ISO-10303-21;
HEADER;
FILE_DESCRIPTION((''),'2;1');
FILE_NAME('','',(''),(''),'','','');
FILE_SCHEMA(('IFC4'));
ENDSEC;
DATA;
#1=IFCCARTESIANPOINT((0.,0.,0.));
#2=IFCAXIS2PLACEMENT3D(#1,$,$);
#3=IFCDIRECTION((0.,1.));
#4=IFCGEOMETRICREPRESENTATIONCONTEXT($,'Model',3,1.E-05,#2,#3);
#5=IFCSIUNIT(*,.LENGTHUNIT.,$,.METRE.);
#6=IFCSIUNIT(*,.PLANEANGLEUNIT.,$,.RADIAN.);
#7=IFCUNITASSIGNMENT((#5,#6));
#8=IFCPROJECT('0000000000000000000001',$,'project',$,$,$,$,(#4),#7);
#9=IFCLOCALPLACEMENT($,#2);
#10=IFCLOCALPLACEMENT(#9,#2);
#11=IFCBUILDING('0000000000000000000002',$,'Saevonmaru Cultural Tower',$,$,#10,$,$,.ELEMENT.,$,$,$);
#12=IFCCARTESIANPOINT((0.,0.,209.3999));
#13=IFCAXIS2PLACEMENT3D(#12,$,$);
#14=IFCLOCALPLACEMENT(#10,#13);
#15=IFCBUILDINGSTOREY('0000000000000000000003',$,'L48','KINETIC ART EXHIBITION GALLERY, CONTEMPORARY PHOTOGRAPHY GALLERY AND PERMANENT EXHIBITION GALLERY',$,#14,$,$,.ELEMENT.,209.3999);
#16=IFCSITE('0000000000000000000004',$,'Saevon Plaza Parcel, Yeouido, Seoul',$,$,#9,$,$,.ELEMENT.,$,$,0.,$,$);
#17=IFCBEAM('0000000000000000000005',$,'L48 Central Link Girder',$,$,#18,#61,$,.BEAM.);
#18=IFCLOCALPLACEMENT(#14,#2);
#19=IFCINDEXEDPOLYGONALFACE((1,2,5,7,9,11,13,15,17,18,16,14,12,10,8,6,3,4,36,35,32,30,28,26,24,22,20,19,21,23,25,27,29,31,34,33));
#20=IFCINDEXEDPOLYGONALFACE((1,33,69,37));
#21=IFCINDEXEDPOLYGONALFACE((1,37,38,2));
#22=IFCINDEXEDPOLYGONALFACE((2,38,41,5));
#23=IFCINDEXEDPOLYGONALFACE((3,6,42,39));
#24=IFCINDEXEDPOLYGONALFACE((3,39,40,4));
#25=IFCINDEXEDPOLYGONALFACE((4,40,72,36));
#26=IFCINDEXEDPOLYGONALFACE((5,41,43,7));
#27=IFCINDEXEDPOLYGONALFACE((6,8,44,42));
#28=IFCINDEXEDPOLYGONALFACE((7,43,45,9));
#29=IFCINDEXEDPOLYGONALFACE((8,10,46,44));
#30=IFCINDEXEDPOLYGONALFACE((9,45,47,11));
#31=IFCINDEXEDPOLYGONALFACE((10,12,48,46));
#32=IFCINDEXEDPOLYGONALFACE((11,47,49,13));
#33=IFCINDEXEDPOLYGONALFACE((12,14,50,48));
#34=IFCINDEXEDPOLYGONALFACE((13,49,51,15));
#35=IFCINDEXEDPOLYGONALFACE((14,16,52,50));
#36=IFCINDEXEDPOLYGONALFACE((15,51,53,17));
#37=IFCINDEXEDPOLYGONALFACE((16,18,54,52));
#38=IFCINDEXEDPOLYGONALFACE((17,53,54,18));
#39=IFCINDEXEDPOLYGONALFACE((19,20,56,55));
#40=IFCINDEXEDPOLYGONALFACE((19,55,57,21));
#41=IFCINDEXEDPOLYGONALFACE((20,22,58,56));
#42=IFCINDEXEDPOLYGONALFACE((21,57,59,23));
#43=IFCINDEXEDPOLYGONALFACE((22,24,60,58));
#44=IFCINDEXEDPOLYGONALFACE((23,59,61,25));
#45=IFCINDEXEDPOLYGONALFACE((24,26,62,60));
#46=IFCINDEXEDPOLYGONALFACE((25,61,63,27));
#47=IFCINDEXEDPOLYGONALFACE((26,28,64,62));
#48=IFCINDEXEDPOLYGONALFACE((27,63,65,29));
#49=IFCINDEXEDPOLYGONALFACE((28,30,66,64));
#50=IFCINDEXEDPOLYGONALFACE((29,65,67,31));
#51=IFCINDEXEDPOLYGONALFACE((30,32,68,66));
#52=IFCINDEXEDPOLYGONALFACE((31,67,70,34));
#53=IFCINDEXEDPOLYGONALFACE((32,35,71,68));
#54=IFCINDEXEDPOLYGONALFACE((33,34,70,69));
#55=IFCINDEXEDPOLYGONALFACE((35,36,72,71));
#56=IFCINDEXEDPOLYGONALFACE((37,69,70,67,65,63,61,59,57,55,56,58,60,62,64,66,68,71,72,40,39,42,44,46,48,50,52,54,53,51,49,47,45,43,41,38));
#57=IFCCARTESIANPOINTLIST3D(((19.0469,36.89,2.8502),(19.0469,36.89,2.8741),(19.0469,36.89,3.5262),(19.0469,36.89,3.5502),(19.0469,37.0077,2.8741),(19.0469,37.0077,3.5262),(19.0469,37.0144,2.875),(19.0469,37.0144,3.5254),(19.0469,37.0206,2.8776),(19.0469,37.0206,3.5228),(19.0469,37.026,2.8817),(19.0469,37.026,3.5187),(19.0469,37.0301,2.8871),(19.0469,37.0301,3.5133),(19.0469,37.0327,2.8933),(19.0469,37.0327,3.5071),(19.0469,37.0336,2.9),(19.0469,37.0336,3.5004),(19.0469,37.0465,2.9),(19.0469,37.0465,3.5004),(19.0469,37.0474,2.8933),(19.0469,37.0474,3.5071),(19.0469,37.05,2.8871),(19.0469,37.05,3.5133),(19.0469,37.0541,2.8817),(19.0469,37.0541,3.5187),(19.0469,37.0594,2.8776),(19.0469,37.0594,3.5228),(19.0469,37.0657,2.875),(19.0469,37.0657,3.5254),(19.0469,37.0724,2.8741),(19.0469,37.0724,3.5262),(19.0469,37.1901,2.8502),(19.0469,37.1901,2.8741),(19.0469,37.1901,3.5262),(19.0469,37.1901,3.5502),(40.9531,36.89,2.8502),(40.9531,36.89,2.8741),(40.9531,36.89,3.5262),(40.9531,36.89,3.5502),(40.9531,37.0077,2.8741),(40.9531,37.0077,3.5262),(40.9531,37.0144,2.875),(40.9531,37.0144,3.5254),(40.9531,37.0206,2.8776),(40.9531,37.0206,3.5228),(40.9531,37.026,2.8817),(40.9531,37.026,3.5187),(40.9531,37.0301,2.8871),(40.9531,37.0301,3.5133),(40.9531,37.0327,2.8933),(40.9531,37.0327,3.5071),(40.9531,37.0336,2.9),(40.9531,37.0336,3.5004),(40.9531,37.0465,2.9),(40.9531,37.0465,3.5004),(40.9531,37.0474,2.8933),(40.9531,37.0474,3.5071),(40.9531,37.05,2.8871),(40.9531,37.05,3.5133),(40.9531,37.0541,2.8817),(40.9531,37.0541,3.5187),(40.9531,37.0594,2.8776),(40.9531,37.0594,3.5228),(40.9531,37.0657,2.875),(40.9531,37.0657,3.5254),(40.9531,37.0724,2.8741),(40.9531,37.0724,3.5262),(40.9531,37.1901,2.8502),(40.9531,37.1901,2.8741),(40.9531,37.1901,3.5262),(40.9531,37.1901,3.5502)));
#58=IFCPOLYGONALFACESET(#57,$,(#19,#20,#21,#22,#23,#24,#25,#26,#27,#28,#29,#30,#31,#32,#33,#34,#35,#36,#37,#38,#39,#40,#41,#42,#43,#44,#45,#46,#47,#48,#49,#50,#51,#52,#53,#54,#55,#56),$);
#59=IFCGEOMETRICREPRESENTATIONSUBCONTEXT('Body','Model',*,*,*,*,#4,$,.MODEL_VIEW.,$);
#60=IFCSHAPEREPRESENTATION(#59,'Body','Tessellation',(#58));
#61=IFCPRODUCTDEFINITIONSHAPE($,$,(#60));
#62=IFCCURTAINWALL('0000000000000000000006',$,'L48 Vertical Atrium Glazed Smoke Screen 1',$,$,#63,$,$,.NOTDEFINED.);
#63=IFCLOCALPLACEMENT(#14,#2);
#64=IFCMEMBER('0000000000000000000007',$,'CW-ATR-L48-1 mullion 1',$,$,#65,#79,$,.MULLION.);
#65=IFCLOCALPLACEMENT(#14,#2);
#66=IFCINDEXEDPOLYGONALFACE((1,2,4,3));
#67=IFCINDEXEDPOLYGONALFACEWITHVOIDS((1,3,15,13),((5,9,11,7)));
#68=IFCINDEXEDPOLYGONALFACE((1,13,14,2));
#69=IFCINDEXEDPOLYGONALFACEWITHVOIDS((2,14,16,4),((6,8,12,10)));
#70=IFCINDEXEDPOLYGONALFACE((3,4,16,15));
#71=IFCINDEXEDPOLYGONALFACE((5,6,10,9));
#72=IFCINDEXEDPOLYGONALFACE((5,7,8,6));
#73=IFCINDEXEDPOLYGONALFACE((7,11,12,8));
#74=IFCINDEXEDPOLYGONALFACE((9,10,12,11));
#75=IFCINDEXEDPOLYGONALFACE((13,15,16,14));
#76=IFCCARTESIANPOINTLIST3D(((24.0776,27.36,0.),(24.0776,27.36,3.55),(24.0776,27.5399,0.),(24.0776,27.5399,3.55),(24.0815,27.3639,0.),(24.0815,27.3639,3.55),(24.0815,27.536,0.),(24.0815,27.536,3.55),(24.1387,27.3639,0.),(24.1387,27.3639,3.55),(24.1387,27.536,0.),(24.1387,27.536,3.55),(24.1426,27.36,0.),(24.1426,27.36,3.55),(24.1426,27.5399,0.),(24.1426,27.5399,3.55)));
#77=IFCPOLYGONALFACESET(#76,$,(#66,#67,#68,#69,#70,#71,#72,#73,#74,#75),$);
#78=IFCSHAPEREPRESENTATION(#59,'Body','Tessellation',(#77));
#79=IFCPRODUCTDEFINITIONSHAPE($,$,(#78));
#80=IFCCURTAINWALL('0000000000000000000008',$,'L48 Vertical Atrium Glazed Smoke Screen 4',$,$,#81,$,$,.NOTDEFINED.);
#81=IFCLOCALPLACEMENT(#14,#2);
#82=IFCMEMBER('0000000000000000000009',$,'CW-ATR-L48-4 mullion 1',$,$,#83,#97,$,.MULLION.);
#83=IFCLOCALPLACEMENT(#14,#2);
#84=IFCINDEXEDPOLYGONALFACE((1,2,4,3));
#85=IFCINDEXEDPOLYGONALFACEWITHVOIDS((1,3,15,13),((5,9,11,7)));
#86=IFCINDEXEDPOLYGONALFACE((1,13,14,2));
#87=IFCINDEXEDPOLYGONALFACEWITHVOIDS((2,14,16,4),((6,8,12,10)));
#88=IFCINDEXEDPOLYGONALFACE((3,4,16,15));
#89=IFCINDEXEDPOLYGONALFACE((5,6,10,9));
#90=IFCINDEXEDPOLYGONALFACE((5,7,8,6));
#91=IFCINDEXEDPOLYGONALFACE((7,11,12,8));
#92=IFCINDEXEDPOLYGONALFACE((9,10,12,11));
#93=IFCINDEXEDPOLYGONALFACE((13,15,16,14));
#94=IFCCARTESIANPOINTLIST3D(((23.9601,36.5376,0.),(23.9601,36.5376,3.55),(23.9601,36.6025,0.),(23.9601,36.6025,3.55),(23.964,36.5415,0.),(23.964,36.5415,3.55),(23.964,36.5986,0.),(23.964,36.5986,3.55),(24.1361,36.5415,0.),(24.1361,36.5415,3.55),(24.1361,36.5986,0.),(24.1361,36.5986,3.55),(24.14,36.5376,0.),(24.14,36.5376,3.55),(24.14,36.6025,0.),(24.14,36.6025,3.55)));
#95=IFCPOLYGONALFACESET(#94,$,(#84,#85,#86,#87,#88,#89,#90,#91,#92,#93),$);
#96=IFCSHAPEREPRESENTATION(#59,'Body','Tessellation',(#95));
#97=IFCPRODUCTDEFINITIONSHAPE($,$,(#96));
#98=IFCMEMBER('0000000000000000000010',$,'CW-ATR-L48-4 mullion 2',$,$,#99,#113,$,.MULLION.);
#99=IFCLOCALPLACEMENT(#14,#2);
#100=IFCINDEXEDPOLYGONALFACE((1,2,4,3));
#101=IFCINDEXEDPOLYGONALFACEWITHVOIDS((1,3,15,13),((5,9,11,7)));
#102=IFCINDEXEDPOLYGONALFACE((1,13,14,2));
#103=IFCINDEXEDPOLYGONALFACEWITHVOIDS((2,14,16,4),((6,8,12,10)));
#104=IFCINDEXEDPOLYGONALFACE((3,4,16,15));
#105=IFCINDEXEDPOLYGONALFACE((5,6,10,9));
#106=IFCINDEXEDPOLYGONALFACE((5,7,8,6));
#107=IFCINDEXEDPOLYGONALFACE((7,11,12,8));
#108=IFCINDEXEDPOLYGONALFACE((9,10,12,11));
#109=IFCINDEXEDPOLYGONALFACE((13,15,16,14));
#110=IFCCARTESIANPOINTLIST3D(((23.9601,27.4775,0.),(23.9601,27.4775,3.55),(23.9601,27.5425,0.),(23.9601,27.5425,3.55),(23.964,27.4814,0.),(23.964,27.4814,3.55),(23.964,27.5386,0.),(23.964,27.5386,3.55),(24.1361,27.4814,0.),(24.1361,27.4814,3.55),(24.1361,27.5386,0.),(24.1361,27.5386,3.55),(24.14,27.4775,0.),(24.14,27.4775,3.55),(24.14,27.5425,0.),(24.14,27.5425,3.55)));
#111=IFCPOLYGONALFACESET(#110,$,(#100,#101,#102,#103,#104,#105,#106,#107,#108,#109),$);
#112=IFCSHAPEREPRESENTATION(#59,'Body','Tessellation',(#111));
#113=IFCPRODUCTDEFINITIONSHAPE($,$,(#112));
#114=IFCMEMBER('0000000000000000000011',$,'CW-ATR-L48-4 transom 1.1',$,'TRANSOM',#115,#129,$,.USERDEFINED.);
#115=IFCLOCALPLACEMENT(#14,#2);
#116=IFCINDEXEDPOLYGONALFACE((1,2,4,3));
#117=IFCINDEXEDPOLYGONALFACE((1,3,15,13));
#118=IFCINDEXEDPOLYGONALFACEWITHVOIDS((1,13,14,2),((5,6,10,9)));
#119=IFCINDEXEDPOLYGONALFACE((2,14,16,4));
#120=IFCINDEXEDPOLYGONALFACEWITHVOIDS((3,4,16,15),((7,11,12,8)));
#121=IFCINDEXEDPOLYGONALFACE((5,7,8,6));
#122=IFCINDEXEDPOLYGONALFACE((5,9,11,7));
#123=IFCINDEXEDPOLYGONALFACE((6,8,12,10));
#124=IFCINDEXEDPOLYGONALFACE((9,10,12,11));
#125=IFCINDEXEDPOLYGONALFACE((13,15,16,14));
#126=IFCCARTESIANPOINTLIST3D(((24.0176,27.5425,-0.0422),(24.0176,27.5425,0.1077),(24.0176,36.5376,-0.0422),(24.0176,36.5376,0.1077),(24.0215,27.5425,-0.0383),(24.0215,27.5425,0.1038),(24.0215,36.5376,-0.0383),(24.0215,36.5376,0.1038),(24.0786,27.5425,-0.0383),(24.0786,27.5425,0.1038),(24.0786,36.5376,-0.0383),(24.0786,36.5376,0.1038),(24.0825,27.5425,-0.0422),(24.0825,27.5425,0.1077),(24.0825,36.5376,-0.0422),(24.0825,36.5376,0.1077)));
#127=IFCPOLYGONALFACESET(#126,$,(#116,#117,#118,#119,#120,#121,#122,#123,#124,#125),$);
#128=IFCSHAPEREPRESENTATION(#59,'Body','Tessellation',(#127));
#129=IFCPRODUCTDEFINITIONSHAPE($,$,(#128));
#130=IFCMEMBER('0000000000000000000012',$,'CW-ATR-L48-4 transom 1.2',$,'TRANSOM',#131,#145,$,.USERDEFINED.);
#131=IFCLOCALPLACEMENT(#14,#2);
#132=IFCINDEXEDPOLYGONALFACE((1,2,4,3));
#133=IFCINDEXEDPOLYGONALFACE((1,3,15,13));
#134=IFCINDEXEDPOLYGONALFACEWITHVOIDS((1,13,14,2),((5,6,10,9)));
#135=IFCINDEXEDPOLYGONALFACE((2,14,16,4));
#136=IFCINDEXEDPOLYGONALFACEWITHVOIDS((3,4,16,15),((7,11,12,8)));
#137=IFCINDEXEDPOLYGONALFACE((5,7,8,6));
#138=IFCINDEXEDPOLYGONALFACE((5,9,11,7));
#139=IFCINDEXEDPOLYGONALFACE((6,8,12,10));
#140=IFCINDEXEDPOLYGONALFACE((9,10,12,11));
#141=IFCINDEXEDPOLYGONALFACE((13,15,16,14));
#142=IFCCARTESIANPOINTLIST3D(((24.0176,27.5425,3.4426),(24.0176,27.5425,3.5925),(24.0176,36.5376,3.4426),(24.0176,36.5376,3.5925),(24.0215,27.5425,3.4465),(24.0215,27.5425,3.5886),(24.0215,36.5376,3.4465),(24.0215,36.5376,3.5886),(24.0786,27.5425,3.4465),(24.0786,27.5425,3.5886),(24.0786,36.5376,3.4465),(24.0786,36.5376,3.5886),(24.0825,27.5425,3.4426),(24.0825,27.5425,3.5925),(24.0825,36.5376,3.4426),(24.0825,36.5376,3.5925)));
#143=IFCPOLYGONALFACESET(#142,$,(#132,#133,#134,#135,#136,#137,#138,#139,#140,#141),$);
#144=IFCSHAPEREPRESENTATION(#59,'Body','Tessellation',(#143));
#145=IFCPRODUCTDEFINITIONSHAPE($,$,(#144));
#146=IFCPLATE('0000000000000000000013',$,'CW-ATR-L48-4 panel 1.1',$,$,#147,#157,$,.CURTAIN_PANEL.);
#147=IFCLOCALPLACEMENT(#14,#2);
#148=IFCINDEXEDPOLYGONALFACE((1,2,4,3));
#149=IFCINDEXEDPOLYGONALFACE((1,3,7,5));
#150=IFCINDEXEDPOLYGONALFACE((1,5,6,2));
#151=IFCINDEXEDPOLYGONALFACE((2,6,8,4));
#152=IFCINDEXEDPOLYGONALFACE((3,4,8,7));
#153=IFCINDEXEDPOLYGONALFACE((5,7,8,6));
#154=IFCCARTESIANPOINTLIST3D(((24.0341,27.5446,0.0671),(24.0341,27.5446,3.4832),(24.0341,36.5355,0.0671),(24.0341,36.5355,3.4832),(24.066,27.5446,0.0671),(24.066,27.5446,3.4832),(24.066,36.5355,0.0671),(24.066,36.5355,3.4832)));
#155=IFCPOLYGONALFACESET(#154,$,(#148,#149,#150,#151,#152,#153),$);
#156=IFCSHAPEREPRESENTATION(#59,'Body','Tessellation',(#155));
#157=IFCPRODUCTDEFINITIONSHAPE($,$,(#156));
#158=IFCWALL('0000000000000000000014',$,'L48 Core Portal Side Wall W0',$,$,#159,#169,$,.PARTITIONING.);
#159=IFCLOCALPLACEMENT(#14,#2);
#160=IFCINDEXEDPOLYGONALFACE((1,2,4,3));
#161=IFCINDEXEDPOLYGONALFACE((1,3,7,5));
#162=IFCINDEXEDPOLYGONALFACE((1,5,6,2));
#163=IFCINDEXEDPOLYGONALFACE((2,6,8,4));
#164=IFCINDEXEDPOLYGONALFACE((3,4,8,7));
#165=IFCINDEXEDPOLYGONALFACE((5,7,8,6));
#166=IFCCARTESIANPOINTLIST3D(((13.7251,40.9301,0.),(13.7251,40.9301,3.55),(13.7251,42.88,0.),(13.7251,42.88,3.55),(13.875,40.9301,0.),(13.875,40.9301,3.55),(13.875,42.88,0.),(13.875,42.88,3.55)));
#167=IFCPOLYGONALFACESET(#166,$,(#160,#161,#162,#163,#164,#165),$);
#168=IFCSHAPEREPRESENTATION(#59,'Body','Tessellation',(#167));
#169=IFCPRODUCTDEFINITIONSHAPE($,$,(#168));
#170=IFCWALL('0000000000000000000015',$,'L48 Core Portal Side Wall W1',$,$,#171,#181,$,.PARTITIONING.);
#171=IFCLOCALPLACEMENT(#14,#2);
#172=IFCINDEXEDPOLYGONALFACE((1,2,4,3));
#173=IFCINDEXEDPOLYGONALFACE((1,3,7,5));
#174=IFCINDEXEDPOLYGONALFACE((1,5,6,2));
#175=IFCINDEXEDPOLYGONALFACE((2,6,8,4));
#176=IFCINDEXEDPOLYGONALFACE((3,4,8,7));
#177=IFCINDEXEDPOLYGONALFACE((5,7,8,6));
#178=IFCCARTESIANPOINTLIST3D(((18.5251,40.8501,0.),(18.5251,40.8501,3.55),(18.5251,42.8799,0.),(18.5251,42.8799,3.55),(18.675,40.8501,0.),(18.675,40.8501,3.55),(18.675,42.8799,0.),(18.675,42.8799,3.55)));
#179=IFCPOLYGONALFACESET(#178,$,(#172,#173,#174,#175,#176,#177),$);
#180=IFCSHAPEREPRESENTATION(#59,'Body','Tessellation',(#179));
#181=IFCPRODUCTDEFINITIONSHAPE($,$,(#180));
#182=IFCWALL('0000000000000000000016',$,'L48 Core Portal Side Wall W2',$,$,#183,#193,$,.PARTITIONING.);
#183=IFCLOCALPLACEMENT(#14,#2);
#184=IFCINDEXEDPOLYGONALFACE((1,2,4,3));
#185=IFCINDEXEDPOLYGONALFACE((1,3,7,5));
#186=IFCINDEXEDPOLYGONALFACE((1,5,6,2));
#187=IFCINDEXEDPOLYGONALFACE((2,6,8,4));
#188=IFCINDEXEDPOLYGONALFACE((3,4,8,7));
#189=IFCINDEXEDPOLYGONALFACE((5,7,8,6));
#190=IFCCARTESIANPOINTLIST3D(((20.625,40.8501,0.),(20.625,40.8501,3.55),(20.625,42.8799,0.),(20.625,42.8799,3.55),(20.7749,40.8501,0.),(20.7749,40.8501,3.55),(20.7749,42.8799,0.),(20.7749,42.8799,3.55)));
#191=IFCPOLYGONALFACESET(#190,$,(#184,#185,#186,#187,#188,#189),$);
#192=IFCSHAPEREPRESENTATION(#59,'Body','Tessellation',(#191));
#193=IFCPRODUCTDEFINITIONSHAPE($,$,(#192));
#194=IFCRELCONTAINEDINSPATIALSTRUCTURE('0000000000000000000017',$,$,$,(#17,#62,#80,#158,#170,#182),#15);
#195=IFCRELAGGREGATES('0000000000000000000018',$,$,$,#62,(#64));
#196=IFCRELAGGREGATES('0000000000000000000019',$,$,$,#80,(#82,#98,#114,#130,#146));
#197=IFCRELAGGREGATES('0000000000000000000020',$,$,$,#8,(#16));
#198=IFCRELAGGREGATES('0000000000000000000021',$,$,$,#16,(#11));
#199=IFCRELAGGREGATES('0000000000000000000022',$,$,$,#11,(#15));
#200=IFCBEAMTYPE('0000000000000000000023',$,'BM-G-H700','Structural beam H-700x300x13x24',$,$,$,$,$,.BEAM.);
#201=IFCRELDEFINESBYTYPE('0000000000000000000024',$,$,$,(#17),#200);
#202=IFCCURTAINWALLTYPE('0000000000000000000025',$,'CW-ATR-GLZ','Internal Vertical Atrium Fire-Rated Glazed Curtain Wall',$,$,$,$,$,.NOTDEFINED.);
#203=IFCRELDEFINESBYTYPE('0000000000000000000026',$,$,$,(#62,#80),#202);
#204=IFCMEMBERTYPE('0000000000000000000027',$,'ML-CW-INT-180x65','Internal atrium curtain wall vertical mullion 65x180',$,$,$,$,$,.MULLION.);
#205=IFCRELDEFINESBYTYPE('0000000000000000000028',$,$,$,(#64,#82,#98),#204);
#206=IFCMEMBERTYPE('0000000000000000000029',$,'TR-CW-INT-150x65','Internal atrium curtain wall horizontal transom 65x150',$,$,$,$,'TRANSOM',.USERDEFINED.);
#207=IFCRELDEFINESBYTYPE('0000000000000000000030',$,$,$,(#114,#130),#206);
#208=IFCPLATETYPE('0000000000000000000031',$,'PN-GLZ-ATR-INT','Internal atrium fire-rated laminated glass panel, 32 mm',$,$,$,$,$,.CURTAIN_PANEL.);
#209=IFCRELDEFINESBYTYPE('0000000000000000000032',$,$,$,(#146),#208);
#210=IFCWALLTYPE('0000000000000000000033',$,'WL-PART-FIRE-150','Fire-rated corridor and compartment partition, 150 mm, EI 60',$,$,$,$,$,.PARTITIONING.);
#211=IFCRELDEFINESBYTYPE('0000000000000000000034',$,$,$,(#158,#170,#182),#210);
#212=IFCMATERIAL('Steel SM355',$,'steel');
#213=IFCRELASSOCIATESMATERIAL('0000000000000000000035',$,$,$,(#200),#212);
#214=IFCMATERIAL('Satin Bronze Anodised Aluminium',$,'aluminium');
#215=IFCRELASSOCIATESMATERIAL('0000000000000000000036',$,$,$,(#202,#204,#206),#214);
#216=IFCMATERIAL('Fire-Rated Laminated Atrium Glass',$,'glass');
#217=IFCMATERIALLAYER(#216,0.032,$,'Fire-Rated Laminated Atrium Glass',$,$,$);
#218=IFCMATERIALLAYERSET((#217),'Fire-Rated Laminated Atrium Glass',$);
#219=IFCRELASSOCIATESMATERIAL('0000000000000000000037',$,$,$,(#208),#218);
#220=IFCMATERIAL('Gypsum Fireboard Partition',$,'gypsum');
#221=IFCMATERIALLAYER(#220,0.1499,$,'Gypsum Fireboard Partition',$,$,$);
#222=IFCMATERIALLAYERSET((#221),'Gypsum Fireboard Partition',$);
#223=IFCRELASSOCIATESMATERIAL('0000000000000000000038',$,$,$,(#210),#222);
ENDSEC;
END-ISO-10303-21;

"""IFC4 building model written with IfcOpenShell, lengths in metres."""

from ifc_helpers import new_model, si_unit, direction, frame, frame_2d, origin, origin_2d, place, context, subcontext, project, spatial, rectangle, hollow_rectangle, i_section, extrude, material, layer, layer_set, material_profile, profile_set, type_object, element, aggregate, save


model = new_model("IFC4")

# Units and contexts
model_context = context("Model", 3, precision=1e-05, world=origin(), true_north=direction((0.0, 1.0)))
body_context = subcontext(model_context, "Body", "Model", "MODEL_VIEW")
ifc_project = project(units=[si_unit("LENGTHUNIT", "METRE"), si_unit("PLANEANGLEUNIT", "RADIAN")], contexts=[model_context])

# Site, building, storey
site_placement = place(None, origin())
site = spatial("IfcSite", under=ifc_project, at=site_placement, Name="Saevon Plaza Parcel, Yeouido, Seoul", CompositionType="ELEMENT", RefElevation=0.0)
building_placement = place(site_placement, origin())
building = spatial("IfcBuilding", under=site, at=building_placement, Name="Saevonmaru Cultural Tower", CompositionType="ELEMENT")
storey_placement = place(building_placement, frame((0.0, 0.0, 209.3999)))
storey = spatial("IfcBuildingStorey", under=building, at=storey_placement, Name="L48", Description="KINETIC ART EXHIBITION GALLERY, CONTEMPORARY PHOTOGRAPHY GALLERY AND PERMANENT EXHIBITION GALLERY", CompositionType="ELEMENT", Elevation=209.3999)

# Shared definitions
ifc_material_1 = material(Name="Steel SM355", Category="steel")

# Beam
ifc_material_profile_1 = material_profile(ifc_material_1, i_section(OverallWidth=0.3, OverallDepth=0.7, WebThickness=0.0129, FlangeThickness=0.0239, FilletRadius=0.0259, at=origin_2d()), Name="H-700x300x13x24")
ifc_profile_set_1 = profile_set([ifc_material_profile_1], Name="Steel SM355")
beam_type = type_object("IfcBeamType", Name="BM-G-H700", Description="Structural beam H-700x300x13x24", PredefinedType="BEAM", material=ifc_profile_set_1)
beam_1_placement = place(storey_placement, frame((19.0469, 37.04, 3.2002), z_axis=(1.0, 0.0, 0.0), x_axis=(0.0, 1.0, 0.0)))
element("IfcBeam", 1, at=beam_1_placement, inside=storey, type_object=beam_type, Name="L48 Central Link Girder", PredefinedType="BEAM", context=body_context, shape_type="SweptSolid", body=[
    extrude(i_section(OverallWidth=0.3, OverallDepth=0.7, WebThickness=0.0129, FlangeThickness=0.0239, FilletRadius=0.0259, at=origin_2d()), origin(), (0.0, 0.0, 1.0), 21.9062),
])

# Curtain wall, member
ifc_material_2 = material(Name="Satin Bronze Anodised Aluminium", Category="aluminium")
curtain_wall_type = type_object("IfcCurtainWallType", Name="CW-ATR-GLZ", Description="Internal Vertical Atrium Fire-Rated Glazed Curtain Wall", PredefinedType="NOTDEFINED", material=ifc_material_2)
curtain_wall_1_placement = place(storey_placement, origin())
curtain_wall_1 = element("IfcCurtainWall", 2, at=curtain_wall_1_placement, inside=storey, type_object=curtain_wall_type, Name="L48 Vertical Atrium Glazed Smoke Screen 1", PredefinedType="NOTDEFINED")
ifc_material_profile_2 = material_profile(ifc_material_2, hollow_rectangle(XDim=0.0649, YDim=0.1799, WallThickness=0.0039, at=origin_2d()), Name="ALU-MULL-180x65x4")
ifc_profile_set_2 = profile_set([ifc_material_profile_2], Name="Satin Bronze Anodised Aluminium")
member_type_1 = type_object("IfcMemberType", Name="ML-CW-INT-180x65", Description="Internal atrium curtain wall vertical mullion 65x180", PredefinedType="MULLION", material=ifc_profile_set_2)
member_1_placement = place(storey_placement, frame((24.1101, 27.45, 0.0), z_axis=(0.0, 0.0, 1.0), x_axis=(1.0, 0.0, 0.0)))
member_1 = element("IfcMember", 3, at=member_1_placement, type_object=member_type_1, Name="CW-ATR-L48-1 mullion 1", PredefinedType="MULLION", context=body_context, shape_type="SweptSolid", body=[
    extrude(hollow_rectangle(XDim=0.0649, YDim=0.1799, WallThickness=0.0039, at=origin_2d()), origin(), (0.0, 0.0, 1.0), 3.55),
])
aggregate(curtain_wall_1, [member_1])

# Curtain wall, members, plate
curtain_wall_2_placement = place(storey_placement, origin())
curtain_wall_2 = element("IfcCurtainWall", 4, at=curtain_wall_2_placement, inside=storey, type_object=curtain_wall_type, Name="L48 Vertical Atrium Glazed Smoke Screen 4", PredefinedType="NOTDEFINED")
member_2_placement = place(storey_placement, frame((24.05, 36.5701, 0.0), z_axis=(0.0, 0.0, 1.0), x_axis=(0.0, -1.0, 0.0)))
member_2 = element("IfcMember", 5, at=member_2_placement, type_object=member_type_1, Name="CW-ATR-L48-4 mullion 1", PredefinedType="MULLION", context=body_context, shape_type="SweptSolid", body=[
    extrude(hollow_rectangle(XDim=0.0649, YDim=0.1799, WallThickness=0.0039, at=origin_2d()), origin(), (0.0, 0.0, 1.0), 3.55),
])
member_3_placement = place(storey_placement, frame((24.05, 27.51, 0.0), z_axis=(0.0, 0.0, 1.0), x_axis=(0.0, -1.0, 0.0)))
member_3 = element("IfcMember", 6, at=member_3_placement, type_object=member_type_1, Name="CW-ATR-L48-4 mullion 2", PredefinedType="MULLION", context=body_context, shape_type="SweptSolid", body=[
    extrude(hollow_rectangle(XDim=0.0649, YDim=0.1799, WallThickness=0.0039, at=origin_2d()), origin(), (0.0, 0.0, 1.0), 3.55),
])
ifc_material_profile_3 = material_profile(ifc_material_2, hollow_rectangle(XDim=0.0649, YDim=0.1499, WallThickness=0.0039, at=origin_2d()), Name="ALU-TRAN-150x65x4")
ifc_profile_set_3 = profile_set([ifc_material_profile_3], Name="Satin Bronze Anodised Aluminium")
member_type_2 = type_object("IfcMemberType", Name="TR-CW-INT-150x65", Description="Internal atrium curtain wall horizontal transom 65x150", ElementType="TRANSOM", PredefinedType="USERDEFINED", material=ifc_profile_set_3)
member_4_placement = place(storey_placement, frame((24.05, 36.5376, 0.0327), z_axis=(0.0, -1.0, 0.0), x_axis=(1.0, 0.0, 0.0)))
member_4 = element("IfcMember", 7, at=member_4_placement, type_object=member_type_2, Name="CW-ATR-L48-4 transom 1.1", ObjectType="TRANSOM", PredefinedType="USERDEFINED", context=body_context, shape_type="SweptSolid", body=[
    extrude(hollow_rectangle(XDim=0.0649, YDim=0.1499, WallThickness=0.0039, at=origin_2d()), origin(), (0.0, 0.0, 1.0), 8.9951),
])
member_5_placement = place(storey_placement, frame((24.05, 36.5376, 3.5176), z_axis=(0.0, -1.0, 0.0), x_axis=(1.0, 0.0, 0.0)))
member_5 = element("IfcMember", 8, at=member_5_placement, type_object=member_type_2, Name="CW-ATR-L48-4 transom 1.2", ObjectType="TRANSOM", PredefinedType="USERDEFINED", context=body_context, shape_type="SweptSolid", body=[
    extrude(hollow_rectangle(XDim=0.0649, YDim=0.1499, WallThickness=0.0039, at=origin_2d()), origin(), (0.0, 0.0, 1.0), 8.9951),
])
ifc_material_3 = material(Name="Fire-Rated Laminated Atrium Glass", Category="glass")
ifc_layer_1 = layer(ifc_material_3, 0.032, Name="Fire-Rated Laminated Atrium Glass")
ifc_layer_set_1 = layer_set([ifc_layer_1], Name="Fire-Rated Laminated Atrium Glass")
plate_type = type_object("IfcPlateType", Name="PN-GLZ-ATR-INT", Description="Internal atrium fire-rated laminated glass panel, 32 mm", PredefinedType="CURTAIN_PANEL", material=ifc_layer_set_1)
plate_placement = place(storey_placement, frame((24.05, 32.04, 0.0671), z_axis=(0.0, 0.0, 1.0), x_axis=(0.0, -1.0, 0.0)))
plate = element("IfcPlate", 9, at=plate_placement, type_object=plate_type, Name="CW-ATR-L48-4 panel 1.1", PredefinedType="CURTAIN_PANEL", context=body_context, shape_type="SweptSolid", body=[
    extrude(rectangle(XDim=8.991, YDim=0.032, at=origin_2d()), origin(), (0.0, 0.0, 1.0), 3.416),
])
aggregate(curtain_wall_2, [member_2, member_3, member_4, member_5, plate])

# Shared definitions
ifc_material_4 = material(Name="Gypsum Fireboard Partition", Category="gypsum")
ifc_layer_2 = layer(ifc_material_4, 0.1499, Name="Gypsum Fireboard Partition")
ifc_layer_set_2 = layer_set([ifc_layer_2], Name="Gypsum Fireboard Partition")
wall_type = type_object("IfcWallType", Name="WL-PART-FIRE-150", Description="Fire-rated corridor and compartment partition, 150 mm, EI 60", PredefinedType="PARTITIONING", material=ifc_layer_set_2)

# Walls
wall_1_placement = place(storey_placement, frame((13.8, 40.9299, 0.0), z_axis=(0.0, 0.0, 1.0), x_axis=(0.0, 1.0, 0.0)))
element("IfcWall", 10, at=wall_1_placement, inside=storey, type_object=wall_type, Name="L48 Core Portal Side Wall W0", PredefinedType="PARTITIONING", context=body_context, shape_type="SweptSolid", body=[
    extrude(rectangle(XDim=1.95, YDim=0.1499, at=frame_2d((0.9751, 0.0))), origin(), (0.0, 0.0, 1.0), 3.55),
])
for number, where, z_axis, x_axis, name in (
    (11, (18.6001, 40.8501, 0.0), (0.0, 0.0, 1.0), (0.0, 1.0, 0.0), "L48 Core Portal Side Wall W1"),
    (12, (20.7, 40.8501, 0.0), (0.0, 0.0, 1.0), (0.0, 1.0, 0.0), "L48 Core Portal Side Wall W2"),
):
    element("IfcWall", number, at=place(storey_placement, frame(where, z_axis=z_axis, x_axis=x_axis)), inside=storey, type_object=wall_type, Name=name, PredefinedType="PARTITIONING", context=body_context, shape_type="SweptSolid", body=[
        extrude(rectangle(XDim=2.0298, YDim=0.1499, at=frame_2d((1.0149, 0.0))), origin(), (0.0, 0.0, 1.0), 3.55),
    ])

save(model, "model.ifc")
